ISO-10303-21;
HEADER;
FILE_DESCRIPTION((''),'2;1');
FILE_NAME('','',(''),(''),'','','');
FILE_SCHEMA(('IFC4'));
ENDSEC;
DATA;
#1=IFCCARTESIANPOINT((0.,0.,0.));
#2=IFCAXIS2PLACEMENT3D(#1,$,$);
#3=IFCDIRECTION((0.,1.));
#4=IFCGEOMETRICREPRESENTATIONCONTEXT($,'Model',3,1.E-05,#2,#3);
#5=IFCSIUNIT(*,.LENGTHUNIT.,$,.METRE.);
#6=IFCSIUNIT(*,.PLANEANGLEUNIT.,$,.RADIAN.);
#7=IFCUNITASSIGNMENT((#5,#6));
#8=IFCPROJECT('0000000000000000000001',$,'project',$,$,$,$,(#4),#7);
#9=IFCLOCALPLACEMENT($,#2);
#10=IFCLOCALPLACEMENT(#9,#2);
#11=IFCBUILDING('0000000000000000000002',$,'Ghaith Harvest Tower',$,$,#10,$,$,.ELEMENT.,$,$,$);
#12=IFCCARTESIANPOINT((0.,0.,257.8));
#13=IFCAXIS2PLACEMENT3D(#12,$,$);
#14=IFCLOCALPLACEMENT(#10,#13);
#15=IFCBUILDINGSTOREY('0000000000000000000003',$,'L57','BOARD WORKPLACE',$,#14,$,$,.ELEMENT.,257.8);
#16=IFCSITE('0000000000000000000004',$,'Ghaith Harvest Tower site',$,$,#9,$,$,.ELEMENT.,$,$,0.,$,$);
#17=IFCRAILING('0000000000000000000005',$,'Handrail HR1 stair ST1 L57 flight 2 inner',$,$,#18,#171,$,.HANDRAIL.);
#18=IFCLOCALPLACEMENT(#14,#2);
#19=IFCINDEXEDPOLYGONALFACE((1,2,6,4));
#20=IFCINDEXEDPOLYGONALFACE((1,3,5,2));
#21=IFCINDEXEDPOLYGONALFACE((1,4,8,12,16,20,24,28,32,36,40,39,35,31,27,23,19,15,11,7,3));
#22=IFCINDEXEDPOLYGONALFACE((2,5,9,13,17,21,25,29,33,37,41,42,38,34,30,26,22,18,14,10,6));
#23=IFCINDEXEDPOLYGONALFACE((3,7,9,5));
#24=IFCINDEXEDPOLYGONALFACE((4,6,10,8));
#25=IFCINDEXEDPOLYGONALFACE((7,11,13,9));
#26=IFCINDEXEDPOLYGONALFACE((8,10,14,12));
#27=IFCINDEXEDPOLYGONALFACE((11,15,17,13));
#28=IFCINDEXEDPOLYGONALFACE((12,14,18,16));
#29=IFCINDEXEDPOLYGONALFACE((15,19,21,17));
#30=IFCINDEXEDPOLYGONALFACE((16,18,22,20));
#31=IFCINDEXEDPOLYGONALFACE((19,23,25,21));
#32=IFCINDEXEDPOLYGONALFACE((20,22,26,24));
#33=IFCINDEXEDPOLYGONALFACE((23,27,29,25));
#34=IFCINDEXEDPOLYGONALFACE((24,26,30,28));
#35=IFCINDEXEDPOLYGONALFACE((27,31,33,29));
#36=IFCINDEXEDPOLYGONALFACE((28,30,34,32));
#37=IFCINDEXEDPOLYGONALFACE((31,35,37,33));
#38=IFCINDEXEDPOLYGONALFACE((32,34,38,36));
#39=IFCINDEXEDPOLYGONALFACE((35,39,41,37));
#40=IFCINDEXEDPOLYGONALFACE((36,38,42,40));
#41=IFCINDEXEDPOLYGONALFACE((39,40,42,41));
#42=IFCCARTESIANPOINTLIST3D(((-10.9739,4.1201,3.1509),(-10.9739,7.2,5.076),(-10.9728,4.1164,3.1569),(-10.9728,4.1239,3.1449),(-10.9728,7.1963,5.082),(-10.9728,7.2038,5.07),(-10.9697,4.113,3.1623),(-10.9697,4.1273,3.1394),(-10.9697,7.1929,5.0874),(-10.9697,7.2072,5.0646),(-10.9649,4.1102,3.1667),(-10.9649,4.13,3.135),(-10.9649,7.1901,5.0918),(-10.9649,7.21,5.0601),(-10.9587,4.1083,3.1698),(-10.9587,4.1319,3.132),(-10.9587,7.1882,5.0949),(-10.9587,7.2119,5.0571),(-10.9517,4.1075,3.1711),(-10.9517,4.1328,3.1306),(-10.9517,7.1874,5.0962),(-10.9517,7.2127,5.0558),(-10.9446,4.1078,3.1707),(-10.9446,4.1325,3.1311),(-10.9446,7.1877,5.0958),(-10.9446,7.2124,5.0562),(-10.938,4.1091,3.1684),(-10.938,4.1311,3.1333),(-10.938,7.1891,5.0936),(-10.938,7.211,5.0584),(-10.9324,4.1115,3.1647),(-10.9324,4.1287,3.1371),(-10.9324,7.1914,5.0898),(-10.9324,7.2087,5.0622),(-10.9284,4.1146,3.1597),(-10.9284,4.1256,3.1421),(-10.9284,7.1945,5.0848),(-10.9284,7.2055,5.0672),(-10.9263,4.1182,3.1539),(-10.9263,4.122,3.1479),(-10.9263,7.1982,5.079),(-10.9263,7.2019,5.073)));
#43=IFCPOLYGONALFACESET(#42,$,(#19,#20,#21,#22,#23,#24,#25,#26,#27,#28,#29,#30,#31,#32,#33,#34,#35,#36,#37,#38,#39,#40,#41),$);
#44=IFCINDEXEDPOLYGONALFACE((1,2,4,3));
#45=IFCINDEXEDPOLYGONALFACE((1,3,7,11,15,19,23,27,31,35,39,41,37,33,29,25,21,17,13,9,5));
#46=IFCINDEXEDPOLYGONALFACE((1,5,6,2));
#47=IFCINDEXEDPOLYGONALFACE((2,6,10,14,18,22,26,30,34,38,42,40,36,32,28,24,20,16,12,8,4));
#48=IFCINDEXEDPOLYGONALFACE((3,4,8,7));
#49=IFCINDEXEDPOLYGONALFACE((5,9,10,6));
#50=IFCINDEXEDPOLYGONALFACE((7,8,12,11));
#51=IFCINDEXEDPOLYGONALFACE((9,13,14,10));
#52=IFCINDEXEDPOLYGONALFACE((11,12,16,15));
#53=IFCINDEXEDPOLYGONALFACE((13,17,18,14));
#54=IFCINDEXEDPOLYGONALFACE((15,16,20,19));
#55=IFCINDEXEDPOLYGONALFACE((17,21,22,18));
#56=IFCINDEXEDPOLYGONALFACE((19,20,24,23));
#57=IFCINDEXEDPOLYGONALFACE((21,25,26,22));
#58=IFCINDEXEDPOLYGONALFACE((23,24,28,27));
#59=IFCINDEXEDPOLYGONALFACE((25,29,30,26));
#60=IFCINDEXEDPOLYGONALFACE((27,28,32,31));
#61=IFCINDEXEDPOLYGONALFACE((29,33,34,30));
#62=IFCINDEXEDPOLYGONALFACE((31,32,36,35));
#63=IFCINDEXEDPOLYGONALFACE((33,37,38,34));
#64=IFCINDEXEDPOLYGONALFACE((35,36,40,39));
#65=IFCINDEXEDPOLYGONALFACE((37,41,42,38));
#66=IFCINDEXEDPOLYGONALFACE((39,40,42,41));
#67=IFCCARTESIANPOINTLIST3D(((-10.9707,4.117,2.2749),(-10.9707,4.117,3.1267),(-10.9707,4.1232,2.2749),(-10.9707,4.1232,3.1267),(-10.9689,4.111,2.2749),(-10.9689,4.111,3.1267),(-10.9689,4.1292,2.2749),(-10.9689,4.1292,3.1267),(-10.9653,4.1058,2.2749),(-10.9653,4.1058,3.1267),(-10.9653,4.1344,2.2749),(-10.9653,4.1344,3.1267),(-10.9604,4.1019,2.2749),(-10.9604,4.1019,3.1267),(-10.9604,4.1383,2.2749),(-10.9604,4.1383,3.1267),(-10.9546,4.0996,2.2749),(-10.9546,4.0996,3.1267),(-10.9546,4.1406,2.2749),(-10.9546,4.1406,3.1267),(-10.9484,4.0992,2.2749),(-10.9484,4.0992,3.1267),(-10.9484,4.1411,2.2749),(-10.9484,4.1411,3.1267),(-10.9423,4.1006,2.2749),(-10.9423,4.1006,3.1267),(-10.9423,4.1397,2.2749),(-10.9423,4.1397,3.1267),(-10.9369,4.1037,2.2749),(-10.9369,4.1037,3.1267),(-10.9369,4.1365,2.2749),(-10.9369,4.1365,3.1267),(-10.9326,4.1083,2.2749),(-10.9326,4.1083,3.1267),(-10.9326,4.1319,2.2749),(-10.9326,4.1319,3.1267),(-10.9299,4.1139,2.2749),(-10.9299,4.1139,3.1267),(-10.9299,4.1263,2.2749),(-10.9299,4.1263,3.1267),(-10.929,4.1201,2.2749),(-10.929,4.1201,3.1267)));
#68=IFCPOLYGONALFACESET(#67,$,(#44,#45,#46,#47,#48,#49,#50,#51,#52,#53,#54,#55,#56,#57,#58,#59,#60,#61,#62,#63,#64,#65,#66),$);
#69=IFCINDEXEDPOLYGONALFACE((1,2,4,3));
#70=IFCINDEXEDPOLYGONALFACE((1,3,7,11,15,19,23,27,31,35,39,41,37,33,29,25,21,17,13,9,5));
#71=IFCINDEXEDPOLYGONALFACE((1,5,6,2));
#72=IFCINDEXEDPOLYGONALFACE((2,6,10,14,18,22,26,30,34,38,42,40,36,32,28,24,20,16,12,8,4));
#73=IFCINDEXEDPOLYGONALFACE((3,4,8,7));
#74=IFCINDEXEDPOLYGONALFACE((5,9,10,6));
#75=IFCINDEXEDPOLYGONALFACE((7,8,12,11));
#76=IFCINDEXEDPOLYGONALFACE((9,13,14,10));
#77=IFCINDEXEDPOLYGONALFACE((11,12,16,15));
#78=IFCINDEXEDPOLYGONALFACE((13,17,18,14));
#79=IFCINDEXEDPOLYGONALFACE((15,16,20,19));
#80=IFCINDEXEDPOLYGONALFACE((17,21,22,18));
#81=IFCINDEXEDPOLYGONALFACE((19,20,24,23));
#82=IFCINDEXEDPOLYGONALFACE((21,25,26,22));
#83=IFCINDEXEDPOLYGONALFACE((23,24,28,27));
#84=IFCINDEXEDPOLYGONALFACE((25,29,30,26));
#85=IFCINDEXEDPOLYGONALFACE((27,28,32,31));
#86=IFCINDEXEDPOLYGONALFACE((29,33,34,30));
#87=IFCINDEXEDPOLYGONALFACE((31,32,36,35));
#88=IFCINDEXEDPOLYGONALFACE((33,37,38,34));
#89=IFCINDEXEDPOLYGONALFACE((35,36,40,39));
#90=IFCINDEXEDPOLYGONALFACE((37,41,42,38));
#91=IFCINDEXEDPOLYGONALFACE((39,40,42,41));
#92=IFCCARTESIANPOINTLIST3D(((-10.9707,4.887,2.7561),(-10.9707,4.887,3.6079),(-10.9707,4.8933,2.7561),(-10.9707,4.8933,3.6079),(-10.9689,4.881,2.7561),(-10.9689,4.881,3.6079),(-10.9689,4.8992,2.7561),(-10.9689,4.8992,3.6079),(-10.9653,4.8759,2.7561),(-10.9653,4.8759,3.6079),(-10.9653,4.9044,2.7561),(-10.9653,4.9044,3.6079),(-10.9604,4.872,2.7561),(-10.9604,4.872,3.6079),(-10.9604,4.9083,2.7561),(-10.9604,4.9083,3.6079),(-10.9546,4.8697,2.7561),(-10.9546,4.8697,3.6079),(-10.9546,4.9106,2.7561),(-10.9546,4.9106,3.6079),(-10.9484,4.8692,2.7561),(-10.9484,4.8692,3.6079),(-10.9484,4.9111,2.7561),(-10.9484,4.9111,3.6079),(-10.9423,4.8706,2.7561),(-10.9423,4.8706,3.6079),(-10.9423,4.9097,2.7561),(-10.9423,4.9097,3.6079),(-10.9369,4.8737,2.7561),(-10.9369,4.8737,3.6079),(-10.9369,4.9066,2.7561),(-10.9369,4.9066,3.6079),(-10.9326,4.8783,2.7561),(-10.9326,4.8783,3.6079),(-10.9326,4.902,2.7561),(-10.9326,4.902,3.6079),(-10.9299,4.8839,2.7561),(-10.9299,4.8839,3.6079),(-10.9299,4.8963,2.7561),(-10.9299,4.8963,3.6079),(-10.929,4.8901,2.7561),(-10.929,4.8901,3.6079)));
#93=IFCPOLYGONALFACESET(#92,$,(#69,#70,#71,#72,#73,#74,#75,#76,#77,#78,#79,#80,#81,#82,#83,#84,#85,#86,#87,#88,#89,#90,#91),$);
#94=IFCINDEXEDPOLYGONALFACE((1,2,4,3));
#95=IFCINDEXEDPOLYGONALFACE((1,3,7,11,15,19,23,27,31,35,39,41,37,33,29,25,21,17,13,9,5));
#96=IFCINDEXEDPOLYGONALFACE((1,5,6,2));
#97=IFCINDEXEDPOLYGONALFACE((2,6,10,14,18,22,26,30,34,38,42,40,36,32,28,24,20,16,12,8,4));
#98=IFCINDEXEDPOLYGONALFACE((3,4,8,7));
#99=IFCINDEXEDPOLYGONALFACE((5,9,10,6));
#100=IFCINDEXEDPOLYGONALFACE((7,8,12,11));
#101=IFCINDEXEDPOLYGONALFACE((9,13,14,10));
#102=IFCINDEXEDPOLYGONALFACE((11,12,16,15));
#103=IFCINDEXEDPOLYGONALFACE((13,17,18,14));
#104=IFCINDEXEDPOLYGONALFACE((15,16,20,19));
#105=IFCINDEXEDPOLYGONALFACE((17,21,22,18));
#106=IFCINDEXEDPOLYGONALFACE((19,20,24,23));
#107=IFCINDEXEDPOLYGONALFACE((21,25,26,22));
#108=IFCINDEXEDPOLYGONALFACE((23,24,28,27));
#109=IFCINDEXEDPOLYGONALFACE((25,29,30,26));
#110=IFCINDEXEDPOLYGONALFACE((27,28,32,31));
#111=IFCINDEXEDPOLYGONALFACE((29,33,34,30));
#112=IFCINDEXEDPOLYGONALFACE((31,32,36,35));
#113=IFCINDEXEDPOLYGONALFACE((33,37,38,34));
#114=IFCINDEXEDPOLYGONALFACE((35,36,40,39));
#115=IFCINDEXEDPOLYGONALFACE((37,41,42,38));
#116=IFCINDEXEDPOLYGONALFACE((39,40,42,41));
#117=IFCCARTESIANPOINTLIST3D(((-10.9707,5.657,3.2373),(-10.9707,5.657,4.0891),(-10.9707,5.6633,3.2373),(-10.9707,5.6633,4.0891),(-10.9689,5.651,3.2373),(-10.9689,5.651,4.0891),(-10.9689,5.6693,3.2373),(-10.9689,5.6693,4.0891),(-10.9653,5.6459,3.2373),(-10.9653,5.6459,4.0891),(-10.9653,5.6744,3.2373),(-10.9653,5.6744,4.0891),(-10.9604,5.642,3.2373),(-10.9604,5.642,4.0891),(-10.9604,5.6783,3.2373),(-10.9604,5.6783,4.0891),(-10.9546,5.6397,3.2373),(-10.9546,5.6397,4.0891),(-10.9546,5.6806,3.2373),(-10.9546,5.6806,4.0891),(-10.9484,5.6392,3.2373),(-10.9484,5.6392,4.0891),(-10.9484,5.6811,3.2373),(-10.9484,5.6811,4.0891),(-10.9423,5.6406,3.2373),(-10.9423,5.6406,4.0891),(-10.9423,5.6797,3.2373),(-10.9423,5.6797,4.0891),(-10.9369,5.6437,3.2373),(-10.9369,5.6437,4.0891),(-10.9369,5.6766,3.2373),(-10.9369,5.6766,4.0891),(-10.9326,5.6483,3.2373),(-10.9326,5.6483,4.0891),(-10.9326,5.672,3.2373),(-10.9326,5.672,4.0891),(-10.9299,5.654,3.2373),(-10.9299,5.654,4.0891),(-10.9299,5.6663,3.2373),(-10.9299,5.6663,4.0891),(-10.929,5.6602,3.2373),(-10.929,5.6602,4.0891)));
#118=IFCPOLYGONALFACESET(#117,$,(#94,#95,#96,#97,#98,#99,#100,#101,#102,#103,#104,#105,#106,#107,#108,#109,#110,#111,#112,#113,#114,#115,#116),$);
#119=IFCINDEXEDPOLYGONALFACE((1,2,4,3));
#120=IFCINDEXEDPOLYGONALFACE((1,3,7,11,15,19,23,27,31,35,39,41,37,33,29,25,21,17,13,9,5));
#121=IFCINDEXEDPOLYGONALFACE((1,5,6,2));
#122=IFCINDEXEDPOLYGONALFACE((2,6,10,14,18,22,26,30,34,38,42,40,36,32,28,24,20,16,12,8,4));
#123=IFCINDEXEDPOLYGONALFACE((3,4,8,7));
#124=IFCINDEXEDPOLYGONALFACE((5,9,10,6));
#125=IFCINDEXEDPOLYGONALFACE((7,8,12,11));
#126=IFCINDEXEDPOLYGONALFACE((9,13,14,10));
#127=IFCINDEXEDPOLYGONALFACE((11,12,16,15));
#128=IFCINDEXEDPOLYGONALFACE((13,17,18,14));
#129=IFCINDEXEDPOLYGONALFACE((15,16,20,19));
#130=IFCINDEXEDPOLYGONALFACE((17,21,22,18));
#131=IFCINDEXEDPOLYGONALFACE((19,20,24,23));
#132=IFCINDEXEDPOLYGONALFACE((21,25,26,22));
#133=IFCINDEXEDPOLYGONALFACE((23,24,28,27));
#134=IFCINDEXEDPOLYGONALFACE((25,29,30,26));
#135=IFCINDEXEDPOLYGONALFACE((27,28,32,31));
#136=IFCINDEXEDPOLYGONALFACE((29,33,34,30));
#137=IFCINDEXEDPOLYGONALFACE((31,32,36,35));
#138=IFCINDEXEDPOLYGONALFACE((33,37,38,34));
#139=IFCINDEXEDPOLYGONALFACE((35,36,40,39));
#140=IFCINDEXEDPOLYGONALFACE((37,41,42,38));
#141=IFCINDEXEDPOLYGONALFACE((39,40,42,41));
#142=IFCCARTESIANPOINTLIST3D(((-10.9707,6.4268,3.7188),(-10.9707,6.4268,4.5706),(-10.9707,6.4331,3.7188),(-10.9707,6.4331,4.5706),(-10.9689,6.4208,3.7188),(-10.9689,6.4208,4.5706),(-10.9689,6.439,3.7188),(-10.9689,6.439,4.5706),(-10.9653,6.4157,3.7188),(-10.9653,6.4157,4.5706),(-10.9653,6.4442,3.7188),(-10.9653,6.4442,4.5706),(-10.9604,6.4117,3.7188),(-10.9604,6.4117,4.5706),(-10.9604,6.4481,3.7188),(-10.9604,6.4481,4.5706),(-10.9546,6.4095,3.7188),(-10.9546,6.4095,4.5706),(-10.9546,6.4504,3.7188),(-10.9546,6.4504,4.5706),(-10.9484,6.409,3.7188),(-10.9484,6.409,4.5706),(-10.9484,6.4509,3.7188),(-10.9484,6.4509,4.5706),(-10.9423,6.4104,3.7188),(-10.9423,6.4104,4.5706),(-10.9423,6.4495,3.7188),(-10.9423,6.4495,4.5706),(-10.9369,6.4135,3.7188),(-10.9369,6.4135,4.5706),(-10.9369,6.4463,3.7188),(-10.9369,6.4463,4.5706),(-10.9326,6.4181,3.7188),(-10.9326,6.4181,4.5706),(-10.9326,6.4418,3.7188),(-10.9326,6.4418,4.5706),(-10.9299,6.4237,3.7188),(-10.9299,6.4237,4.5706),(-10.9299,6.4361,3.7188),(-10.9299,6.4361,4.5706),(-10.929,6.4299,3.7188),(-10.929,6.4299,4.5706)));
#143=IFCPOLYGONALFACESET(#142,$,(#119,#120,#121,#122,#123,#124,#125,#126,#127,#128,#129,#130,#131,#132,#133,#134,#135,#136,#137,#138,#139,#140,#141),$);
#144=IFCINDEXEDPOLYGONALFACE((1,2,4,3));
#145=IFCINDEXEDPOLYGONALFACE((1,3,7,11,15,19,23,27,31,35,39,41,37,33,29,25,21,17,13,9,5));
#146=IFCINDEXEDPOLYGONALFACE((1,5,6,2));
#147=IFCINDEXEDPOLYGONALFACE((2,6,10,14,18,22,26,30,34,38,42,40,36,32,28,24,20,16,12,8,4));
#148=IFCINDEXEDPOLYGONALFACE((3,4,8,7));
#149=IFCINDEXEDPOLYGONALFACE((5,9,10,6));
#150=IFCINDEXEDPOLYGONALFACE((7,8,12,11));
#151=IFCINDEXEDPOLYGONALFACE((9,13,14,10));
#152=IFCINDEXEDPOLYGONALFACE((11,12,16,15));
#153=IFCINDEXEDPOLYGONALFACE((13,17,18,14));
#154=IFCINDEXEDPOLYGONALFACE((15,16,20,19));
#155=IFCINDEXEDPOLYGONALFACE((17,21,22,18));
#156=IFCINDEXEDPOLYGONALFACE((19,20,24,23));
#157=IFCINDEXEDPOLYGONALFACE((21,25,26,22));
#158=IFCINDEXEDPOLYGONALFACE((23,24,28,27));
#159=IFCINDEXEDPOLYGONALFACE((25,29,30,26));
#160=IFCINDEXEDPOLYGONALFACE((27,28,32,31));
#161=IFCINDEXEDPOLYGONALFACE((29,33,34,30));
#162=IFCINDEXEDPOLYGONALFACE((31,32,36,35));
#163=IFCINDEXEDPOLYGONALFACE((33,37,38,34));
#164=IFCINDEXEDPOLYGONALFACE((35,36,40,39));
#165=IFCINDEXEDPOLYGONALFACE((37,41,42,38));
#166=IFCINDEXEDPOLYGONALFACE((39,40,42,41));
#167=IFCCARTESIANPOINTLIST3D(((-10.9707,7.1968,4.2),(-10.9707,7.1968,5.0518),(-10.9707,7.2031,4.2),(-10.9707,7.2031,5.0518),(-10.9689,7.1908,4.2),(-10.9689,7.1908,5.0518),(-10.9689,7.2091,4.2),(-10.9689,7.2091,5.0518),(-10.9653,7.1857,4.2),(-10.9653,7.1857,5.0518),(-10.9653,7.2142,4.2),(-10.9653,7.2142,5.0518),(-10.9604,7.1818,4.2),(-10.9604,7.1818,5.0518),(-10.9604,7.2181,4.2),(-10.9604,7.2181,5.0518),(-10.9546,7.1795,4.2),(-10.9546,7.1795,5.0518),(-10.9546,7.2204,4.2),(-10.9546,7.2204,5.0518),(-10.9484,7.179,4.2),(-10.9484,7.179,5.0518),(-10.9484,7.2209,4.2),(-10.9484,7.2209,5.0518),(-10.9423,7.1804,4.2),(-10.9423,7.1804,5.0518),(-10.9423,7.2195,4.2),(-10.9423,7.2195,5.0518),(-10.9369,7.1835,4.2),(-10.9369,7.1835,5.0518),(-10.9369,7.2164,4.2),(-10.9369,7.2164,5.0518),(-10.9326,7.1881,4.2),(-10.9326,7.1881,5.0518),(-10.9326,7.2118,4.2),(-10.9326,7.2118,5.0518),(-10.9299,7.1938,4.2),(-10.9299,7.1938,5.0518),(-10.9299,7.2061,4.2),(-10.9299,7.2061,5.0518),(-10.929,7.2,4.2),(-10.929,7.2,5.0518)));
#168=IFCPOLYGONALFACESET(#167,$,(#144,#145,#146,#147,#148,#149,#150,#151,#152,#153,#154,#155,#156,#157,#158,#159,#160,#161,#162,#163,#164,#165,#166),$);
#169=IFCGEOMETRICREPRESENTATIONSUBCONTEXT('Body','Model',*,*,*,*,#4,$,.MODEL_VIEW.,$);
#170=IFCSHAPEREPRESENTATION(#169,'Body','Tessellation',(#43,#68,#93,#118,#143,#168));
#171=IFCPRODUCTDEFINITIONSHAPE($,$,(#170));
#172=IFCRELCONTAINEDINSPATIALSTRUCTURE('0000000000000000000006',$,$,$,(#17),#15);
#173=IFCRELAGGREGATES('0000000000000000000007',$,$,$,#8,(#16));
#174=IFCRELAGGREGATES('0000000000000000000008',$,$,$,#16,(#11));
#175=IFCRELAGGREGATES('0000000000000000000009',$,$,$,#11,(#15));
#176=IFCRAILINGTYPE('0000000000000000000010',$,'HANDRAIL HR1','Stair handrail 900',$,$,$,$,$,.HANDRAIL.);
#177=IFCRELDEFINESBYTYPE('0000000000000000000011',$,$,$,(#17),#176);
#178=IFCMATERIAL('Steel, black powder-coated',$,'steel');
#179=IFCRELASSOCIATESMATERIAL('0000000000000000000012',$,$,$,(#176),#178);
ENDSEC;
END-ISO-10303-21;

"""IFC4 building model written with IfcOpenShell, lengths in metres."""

from ifc_helpers import new_model, si_unit, direction, frame, origin, origin_2d, place, context, subcontext, project, spatial, circle, extrude, material, type_object, element, save


model = new_model("IFC4")

# Units and contexts
model_context = context("Model", 3, precision=1e-05, world=origin(), true_north=direction((0.0, 1.0)))
body_context = subcontext(model_context, "Body", "Model", "MODEL_VIEW")
ifc_project = project(units=[si_unit("LENGTHUNIT", "METRE"), si_unit("PLANEANGLEUNIT", "RADIAN")], contexts=[model_context])

# Site, building, storey
site_placement = place(None, origin())
site = spatial("IfcSite", under=ifc_project, at=site_placement, Name="Ghaith Harvest Tower site", CompositionType="ELEMENT", RefElevation=0.0)
building_placement = place(site_placement, origin())
building = spatial("IfcBuilding", under=site, at=building_placement, Name="Ghaith Harvest Tower", CompositionType="ELEMENT")
storey_placement = place(building_placement, frame((0.0, 0.0, 257.8)))
storey = spatial("IfcBuildingStorey", under=building, at=storey_placement, Name="L57", Description="BOARD WORKPLACE", CompositionType="ELEMENT", Elevation=257.8)

# Railing
ifc_material_1 = material(Name="Steel, black powder-coated", Category="steel")
railing_type = type_object("IfcRailingType", Name="HANDRAIL HR1", Description="Stair handrail 900", PredefinedType="HANDRAIL", material=ifc_material_1)
railing_1_placement = place(storey_placement, frame((-10.95, 4.1201, 2.2749)))
element("IfcRailing", 1, at=railing_1_placement, inside=storey, type_object=railing_type, Name="Handrail HR1 stair ST1 L57 flight 2 inner", PredefinedType="HANDRAIL", context=body_context, shape_type="SweptSolid", body=[
    extrude(circle(Radius=0.0239, at=origin_2d()), frame((0.0, 0.0, 0.876), z_axis=(0.0, 0.847979, 0.530029), x_axis=(-1.0, 0.0, 0.0)), (0.0, 0.0, 1.0), 3.6321),
    extrude(circle(Radius=0.021, at=origin_2d()), origin(), (0.0, 0.0, 1.0), 0.8518),
    extrude(circle(Radius=0.021, at=origin_2d()), frame((0.0, 0.77, 0.4812)), (0.0, 0.0, 1.0), 0.8518),
    extrude(circle(Radius=0.021, at=origin_2d()), frame((0.0, 1.54, 0.9624)), (0.0, 0.0, 1.0), 0.8518),
    extrude(circle(Radius=0.021, at=origin_2d()), frame((0.0, 2.3098, 1.4438)), (0.0, 0.0, 1.0), 0.8518),
    extrude(circle(Radius=0.021, at=origin_2d()), frame((0.0, 3.0798, 1.925)), (0.0, 0.0, 1.0), 0.8518),
])

save(model, "model.ifc")
